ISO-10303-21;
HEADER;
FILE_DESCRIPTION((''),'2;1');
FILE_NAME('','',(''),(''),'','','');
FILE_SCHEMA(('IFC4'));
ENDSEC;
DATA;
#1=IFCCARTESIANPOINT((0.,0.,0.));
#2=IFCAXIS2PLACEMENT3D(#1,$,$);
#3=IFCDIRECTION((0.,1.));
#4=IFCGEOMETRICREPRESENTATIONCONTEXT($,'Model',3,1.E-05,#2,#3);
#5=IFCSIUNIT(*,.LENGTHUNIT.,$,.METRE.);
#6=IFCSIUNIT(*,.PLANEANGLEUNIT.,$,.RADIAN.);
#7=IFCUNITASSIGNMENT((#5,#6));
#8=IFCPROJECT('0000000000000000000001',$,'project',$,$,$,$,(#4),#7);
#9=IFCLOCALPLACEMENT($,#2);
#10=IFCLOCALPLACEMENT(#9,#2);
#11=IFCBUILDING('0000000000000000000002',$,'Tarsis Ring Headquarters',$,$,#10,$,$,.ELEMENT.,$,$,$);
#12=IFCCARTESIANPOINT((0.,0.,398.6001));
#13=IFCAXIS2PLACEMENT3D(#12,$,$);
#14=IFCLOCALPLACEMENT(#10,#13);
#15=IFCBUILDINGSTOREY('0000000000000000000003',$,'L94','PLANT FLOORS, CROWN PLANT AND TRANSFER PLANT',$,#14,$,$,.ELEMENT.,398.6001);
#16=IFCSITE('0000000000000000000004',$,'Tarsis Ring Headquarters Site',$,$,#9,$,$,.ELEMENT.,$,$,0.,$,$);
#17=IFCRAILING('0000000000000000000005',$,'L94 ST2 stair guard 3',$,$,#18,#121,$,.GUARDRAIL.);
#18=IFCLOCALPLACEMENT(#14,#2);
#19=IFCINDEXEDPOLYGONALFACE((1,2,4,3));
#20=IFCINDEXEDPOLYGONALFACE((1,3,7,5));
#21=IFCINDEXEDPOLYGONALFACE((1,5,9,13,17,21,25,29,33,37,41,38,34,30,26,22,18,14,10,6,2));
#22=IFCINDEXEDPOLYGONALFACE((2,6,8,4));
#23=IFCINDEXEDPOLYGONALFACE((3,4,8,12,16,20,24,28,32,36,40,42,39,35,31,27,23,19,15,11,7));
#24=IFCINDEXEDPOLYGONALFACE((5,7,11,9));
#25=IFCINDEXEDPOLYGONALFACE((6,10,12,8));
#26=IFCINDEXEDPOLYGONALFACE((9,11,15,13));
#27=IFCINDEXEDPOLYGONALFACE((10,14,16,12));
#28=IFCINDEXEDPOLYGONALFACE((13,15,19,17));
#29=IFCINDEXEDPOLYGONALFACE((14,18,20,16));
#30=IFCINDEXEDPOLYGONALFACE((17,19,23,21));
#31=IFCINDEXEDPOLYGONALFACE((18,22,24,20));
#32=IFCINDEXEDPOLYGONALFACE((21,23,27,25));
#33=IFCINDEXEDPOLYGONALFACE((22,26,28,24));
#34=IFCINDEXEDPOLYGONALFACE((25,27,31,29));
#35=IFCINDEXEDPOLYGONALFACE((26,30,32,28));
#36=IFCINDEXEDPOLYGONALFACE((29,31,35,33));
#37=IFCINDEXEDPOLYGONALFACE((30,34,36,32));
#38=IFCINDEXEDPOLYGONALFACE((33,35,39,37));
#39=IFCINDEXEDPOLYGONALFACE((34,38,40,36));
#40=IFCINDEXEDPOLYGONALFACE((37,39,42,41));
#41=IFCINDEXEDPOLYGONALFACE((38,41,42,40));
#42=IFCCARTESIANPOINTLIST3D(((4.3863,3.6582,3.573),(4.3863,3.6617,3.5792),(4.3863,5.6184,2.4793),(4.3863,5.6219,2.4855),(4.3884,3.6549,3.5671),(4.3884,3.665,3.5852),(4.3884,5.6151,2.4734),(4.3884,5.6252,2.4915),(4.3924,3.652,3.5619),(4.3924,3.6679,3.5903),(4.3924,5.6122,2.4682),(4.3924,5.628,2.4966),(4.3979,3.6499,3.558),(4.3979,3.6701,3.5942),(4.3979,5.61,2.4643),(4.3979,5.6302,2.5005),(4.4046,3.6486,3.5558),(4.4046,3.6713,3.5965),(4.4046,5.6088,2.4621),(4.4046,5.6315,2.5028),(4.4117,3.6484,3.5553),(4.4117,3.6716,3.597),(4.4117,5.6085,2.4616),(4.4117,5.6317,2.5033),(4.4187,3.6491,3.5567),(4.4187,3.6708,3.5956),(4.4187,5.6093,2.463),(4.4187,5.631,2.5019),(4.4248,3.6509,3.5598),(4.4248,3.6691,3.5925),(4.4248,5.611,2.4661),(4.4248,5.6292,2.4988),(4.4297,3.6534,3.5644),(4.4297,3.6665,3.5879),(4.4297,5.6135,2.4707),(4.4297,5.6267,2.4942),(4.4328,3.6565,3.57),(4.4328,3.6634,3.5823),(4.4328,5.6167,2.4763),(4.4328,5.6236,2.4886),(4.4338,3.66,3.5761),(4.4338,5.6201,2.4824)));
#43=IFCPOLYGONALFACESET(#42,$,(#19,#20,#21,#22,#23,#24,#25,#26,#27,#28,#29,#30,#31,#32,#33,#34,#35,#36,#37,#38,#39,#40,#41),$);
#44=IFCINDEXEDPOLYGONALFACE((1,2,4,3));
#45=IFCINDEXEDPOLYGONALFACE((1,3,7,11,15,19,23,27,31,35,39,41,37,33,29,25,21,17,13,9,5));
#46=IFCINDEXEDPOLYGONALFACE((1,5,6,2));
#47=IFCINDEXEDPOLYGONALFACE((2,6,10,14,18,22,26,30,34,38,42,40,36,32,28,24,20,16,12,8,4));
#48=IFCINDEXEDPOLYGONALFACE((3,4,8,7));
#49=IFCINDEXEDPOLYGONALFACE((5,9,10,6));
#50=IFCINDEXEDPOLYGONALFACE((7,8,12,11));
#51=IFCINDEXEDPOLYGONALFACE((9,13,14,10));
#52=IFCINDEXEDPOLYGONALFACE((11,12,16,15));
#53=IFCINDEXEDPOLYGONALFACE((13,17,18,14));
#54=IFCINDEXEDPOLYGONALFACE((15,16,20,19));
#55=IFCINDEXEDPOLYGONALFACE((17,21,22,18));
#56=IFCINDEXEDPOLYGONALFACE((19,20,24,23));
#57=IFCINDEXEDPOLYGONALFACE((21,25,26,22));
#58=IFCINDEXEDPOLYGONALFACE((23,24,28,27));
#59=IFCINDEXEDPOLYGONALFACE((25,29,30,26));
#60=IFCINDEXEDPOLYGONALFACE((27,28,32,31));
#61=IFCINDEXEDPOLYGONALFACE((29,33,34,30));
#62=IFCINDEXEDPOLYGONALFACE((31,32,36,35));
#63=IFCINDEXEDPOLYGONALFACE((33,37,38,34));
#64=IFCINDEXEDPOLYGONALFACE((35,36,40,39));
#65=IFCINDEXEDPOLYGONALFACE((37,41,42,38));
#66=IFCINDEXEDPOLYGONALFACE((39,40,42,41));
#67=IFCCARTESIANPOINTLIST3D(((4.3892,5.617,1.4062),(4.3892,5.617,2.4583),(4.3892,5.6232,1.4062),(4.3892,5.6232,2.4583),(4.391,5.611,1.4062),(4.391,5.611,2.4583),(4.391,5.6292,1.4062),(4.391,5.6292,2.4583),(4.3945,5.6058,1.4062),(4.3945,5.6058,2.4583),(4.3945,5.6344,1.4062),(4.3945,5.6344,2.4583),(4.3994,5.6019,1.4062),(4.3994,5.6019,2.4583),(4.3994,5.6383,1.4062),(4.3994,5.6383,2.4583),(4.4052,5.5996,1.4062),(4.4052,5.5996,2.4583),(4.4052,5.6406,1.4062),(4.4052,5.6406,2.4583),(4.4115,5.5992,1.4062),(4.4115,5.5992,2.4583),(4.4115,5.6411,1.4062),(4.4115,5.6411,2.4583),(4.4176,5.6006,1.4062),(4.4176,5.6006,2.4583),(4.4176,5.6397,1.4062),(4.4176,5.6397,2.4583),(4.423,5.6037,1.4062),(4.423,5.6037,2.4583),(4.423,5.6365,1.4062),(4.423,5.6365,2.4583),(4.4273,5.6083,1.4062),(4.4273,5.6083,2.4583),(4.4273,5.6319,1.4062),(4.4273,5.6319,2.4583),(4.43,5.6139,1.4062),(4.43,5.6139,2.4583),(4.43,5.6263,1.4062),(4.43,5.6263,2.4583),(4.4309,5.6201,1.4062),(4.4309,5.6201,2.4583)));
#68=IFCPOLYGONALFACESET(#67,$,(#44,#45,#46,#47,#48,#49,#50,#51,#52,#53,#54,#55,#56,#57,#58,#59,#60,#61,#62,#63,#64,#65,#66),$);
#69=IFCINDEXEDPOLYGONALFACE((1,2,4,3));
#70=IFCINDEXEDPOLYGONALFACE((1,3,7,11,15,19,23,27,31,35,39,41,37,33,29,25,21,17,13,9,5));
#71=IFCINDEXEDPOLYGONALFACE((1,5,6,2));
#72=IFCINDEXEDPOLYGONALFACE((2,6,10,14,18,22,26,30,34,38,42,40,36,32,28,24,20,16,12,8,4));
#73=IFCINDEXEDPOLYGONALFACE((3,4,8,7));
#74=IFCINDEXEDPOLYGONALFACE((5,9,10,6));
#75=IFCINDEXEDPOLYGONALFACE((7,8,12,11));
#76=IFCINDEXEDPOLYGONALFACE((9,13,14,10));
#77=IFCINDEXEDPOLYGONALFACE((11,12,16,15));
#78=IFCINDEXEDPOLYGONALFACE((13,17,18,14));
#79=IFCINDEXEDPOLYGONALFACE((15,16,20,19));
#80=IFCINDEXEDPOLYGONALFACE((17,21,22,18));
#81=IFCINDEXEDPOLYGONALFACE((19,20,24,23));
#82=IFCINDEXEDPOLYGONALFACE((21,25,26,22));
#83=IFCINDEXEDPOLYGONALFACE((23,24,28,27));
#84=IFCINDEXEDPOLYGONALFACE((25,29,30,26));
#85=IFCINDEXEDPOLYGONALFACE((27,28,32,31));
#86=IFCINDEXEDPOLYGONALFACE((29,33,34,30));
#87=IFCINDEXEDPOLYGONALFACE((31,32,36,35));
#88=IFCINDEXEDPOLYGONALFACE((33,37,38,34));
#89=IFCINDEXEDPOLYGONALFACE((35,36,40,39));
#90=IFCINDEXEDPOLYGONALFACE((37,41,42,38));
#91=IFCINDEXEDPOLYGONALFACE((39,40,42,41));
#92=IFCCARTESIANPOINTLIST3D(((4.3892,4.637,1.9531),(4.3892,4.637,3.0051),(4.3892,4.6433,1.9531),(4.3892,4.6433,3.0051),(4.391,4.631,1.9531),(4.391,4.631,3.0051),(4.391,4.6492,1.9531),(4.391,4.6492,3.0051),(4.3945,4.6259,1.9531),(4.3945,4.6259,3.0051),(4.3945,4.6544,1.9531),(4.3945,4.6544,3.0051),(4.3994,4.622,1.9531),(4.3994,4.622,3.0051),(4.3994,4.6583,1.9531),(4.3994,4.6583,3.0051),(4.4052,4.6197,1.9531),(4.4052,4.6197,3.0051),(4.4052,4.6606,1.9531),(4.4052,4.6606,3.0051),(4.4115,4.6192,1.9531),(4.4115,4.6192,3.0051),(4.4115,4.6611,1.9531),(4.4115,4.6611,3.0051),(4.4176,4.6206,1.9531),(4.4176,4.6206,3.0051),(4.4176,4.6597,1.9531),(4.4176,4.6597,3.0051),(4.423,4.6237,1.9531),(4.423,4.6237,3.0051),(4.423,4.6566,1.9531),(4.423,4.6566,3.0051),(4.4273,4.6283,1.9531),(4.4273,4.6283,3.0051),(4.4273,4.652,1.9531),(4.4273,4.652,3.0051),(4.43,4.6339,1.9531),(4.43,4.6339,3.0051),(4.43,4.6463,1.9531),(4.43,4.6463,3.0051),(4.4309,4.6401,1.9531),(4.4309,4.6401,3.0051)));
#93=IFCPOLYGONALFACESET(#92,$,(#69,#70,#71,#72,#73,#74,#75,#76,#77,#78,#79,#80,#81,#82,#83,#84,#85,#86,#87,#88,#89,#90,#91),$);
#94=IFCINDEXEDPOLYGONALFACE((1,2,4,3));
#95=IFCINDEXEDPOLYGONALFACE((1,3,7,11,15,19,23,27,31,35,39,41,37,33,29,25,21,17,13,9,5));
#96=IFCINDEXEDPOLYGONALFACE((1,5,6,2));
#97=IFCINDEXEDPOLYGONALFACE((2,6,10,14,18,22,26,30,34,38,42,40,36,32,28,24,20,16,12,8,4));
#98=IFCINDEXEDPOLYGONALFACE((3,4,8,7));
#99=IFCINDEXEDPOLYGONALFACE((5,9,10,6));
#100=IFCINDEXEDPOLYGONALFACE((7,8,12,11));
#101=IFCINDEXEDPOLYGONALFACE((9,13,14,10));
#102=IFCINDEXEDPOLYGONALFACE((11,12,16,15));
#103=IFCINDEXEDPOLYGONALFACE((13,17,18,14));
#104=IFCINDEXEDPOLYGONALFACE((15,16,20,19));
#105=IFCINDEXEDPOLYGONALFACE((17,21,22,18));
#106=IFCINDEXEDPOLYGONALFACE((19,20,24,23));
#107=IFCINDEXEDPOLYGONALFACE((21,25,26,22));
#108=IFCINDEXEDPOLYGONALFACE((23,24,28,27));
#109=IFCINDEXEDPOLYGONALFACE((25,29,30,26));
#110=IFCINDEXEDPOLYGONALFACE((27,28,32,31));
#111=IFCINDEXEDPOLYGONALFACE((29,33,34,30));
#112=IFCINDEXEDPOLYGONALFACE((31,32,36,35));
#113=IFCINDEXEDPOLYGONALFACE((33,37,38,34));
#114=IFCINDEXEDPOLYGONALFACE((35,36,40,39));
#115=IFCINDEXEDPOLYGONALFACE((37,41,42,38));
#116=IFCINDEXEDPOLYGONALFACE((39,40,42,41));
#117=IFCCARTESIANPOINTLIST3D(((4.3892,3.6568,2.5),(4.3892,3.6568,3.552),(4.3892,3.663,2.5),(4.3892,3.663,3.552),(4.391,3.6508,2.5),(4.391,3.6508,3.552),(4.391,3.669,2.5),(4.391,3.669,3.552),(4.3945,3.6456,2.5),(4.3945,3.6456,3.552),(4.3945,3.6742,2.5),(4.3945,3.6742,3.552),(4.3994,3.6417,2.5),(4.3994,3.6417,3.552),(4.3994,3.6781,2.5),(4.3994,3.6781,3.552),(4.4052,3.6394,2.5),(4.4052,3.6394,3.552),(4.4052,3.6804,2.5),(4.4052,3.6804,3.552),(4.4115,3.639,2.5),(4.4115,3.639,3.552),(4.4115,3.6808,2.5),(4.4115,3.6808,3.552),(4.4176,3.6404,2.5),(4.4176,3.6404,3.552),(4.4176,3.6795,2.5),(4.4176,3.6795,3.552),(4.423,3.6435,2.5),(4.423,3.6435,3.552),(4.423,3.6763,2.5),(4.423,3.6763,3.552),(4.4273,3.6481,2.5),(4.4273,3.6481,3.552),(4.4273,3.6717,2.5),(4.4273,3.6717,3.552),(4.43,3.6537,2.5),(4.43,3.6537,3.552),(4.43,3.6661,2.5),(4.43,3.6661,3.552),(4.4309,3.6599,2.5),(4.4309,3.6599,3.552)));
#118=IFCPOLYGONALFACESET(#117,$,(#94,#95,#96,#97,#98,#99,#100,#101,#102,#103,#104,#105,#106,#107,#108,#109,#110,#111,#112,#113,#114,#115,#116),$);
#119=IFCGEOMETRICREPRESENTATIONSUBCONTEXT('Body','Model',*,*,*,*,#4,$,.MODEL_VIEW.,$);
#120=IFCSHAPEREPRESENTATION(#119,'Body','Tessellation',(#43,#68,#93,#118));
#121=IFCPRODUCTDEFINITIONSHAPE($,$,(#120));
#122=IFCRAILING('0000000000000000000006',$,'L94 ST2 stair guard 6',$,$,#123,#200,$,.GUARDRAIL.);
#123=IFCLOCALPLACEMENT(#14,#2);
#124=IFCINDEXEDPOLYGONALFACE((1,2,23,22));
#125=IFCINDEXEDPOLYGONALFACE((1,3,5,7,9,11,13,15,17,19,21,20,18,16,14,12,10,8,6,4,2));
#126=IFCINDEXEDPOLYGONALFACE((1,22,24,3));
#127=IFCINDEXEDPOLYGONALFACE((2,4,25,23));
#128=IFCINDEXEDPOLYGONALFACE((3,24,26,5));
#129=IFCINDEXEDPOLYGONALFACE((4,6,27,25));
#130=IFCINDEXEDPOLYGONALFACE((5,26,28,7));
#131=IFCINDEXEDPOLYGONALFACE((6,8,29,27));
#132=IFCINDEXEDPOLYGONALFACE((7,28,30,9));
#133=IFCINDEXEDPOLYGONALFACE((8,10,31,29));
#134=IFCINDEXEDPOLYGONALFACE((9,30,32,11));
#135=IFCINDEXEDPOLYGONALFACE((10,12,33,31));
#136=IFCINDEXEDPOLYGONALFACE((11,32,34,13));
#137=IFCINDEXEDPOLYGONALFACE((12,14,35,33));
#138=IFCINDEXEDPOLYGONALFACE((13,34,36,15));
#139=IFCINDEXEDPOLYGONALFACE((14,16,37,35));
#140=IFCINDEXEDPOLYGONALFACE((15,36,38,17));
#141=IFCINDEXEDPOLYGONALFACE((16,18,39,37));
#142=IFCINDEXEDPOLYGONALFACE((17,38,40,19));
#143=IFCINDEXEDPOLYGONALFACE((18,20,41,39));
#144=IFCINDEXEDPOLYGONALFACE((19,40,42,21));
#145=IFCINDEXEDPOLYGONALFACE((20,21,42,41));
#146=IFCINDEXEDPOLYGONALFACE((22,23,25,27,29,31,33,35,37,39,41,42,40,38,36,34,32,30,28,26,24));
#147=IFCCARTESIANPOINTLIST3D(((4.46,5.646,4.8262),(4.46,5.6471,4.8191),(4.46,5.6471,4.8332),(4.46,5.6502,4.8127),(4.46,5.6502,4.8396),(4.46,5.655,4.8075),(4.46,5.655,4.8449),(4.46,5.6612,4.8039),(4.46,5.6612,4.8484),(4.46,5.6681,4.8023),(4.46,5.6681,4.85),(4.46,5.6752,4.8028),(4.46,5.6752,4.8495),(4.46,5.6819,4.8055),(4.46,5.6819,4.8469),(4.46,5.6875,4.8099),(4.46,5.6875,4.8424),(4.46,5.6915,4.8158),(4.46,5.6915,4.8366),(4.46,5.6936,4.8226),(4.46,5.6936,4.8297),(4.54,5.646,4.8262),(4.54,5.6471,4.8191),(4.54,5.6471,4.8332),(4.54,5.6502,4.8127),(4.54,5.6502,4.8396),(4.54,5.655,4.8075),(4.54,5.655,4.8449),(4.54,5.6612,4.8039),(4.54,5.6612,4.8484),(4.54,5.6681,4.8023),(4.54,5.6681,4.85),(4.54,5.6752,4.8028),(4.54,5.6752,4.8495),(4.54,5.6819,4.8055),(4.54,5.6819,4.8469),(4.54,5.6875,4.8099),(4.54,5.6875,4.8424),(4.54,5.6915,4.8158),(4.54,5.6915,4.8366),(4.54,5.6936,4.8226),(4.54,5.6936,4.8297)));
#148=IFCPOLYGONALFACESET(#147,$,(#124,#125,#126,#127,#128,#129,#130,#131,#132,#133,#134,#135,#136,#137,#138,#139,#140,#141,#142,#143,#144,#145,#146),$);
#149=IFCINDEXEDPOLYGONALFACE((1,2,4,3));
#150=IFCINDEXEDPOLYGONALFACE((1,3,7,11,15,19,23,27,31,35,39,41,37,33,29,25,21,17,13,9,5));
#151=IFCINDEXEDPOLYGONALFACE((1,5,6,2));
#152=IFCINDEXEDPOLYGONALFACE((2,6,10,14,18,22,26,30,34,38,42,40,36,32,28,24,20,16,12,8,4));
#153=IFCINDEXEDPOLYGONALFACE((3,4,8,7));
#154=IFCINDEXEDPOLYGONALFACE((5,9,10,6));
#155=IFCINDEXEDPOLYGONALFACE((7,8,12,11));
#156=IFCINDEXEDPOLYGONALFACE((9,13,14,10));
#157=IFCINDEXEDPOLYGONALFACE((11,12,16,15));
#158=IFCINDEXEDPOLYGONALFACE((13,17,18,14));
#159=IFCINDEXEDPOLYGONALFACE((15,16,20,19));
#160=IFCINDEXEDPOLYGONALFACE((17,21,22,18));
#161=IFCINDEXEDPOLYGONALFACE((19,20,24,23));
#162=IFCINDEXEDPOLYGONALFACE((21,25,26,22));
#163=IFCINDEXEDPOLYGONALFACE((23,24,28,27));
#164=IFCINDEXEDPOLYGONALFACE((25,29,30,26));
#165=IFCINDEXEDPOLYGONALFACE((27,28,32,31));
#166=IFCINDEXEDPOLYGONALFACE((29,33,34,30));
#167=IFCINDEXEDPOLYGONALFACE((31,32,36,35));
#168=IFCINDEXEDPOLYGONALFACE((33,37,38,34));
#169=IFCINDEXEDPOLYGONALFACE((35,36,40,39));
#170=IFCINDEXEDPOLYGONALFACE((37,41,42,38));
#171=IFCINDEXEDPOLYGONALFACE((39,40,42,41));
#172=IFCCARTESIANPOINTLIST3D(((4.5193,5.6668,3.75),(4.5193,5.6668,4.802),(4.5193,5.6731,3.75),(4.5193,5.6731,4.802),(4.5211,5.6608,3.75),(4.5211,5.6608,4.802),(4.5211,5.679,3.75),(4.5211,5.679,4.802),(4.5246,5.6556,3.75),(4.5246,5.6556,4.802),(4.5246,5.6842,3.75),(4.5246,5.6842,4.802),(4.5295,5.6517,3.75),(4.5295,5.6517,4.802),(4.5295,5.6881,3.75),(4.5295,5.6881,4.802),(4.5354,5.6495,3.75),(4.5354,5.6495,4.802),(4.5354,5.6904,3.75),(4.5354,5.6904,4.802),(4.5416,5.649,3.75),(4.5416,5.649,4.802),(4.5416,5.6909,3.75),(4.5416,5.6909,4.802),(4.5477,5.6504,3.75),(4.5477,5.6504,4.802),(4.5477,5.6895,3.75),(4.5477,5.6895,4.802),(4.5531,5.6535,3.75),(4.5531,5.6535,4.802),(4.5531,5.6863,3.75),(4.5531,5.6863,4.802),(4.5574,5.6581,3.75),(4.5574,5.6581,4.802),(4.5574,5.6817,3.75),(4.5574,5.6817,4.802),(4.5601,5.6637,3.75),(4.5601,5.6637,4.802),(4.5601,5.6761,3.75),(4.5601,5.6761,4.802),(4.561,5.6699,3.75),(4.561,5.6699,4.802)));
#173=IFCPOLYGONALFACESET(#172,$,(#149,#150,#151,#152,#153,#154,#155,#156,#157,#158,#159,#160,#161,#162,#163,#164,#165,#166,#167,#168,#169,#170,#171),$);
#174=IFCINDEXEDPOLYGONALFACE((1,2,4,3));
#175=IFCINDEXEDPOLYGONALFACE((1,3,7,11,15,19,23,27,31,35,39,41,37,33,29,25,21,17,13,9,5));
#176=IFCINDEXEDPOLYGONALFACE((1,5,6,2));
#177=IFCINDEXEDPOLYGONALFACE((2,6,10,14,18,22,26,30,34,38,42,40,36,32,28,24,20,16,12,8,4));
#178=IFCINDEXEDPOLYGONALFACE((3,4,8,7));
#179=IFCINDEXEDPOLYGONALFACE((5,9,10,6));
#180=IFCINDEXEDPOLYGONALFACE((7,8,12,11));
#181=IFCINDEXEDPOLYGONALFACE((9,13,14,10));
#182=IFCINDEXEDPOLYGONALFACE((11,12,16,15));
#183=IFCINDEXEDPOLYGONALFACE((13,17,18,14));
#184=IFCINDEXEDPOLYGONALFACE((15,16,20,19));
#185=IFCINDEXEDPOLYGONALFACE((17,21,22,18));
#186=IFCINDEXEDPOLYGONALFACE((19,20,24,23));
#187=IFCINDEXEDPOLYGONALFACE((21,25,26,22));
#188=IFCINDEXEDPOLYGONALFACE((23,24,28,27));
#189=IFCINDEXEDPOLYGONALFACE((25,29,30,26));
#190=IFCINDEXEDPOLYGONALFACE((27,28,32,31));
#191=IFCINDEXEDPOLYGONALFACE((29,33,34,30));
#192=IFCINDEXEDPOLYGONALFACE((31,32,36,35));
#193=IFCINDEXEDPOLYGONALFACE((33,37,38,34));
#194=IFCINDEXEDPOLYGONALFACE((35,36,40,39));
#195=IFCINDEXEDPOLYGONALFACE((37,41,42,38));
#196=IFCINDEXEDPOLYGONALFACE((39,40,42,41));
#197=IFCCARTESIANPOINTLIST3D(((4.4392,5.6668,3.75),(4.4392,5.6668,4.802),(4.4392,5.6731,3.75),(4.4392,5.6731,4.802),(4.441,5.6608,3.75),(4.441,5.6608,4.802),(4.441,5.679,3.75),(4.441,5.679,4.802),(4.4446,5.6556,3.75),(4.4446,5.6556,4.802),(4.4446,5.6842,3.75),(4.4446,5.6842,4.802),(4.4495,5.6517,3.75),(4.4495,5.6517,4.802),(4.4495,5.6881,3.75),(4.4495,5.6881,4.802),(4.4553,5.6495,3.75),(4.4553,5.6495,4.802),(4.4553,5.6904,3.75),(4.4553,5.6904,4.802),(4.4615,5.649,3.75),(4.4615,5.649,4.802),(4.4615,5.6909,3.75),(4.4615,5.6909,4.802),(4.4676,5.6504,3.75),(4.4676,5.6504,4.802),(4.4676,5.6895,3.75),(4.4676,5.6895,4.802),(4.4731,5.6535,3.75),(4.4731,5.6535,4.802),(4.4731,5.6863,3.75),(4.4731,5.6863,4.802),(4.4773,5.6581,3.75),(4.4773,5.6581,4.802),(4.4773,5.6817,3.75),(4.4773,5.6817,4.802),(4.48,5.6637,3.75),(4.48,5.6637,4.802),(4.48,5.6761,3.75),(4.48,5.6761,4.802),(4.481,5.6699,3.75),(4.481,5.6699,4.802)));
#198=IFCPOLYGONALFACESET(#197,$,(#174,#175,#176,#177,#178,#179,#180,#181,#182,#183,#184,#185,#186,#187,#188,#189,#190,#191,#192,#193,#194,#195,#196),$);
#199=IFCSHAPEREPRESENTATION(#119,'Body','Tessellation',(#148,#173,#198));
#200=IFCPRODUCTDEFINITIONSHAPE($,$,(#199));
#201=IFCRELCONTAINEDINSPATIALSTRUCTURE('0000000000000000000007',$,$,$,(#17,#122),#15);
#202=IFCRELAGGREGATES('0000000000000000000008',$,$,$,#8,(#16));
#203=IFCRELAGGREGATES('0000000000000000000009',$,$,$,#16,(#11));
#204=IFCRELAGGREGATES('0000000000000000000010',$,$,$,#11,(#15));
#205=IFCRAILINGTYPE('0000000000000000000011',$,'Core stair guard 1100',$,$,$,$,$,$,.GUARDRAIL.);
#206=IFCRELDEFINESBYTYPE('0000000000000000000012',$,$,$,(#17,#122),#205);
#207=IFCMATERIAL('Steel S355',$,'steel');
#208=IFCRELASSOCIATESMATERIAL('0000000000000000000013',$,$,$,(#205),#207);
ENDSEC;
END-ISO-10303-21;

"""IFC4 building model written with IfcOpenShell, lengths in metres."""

from ifc_helpers import new_model, si_unit, direction, frame, origin, origin_2d, place, context, subcontext, project, spatial, circle, extrude, material, type_object, element, save


model = new_model("IFC4")

# Units and contexts
model_context = context("Model", 3, precision=1e-05, world=origin(), true_north=direction((0.0, 1.0)))
body_context = subcontext(model_context, "Body", "Model", "MODEL_VIEW")
ifc_project = project(units=[si_unit("LENGTHUNIT", "METRE"), si_unit("PLANEANGLEUNIT", "RADIAN")], contexts=[model_context])

# Site, building, storey
site_placement = place(None, origin())
site = spatial("IfcSite", under=ifc_project, at=site_placement, Name="Tarsis Ring Headquarters Site", CompositionType="ELEMENT", RefElevation=0.0)
building_placement = place(site_placement, origin())
building = spatial("IfcBuilding", under=site, at=building_placement, Name="Tarsis Ring Headquarters", CompositionType="ELEMENT")
storey_placement = place(building_placement, frame((0.0, 0.0, 398.6001)))
storey = spatial("IfcBuildingStorey", under=building, at=storey_placement, Name="L94", Description="PLANT FLOORS, CROWN PLANT AND TRANSFER PLANT", CompositionType="ELEMENT", Elevation=398.6001)

# Railings
ifc_material_1 = material(Name="Steel S355", Category="steel")
railing_type_1 = type_object("IfcRailingType", Name="Core stair guard 1100", PredefinedType="GUARDRAIL", material=ifc_material_1)
railing_1_placement = place(storey_placement, frame((4.4099, 5.6201, 1.4062)))
element("IfcRailing", 1, at=railing_1_placement, inside=storey, type_object=railing_type_1, Name="L94 ST2 stair guard 3", PredefinedType="GUARDRAIL", context=body_context, shape_type="SweptSolid", body=[
    extrude(circle(Radius=0.0239, at=origin_2d()), frame((0.0, 0.0, 1.0762), z_axis=(0.0, -0.873258, 0.487258), x_axis=(1.0, 0.0, 0.0)), (0.0, 0.0, 1.0), 2.2446),
    extrude(circle(Radius=0.021, at=origin_2d()), origin(), (0.0, 0.0, 1.0), 1.052),
    extrude(circle(Radius=0.021, at=origin_2d()), frame((0.0, -0.98, 0.5469)), (0.0, 0.0, 1.0), 1.052),
    extrude(circle(Radius=0.021, at=origin_2d()), frame((0.0, -1.9602, 1.0938)), (0.0, 0.0, 1.0), 1.052),
])
railing_2_placement = place(storey_placement, frame((4.54, 5.6699, 3.75)))
element("IfcRailing", 2, at=railing_2_placement, inside=storey, type_object=railing_type_1, Name="L94 ST2 stair guard 6", PredefinedType="GUARDRAIL", context=body_context, shape_type="SweptSolid", body=[
    extrude(circle(Radius=0.0239, at=origin_2d()), frame((0.0, 0.0, 1.0762), z_axis=(-1.0, 0.0, 0.0), x_axis=(0.0, -1.0, 0.0)), (0.0, 0.0, 1.0), 0.0801),
    extrude(circle(Radius=0.021, at=origin_2d()), origin(), (0.0, 0.0, 1.0), 1.052),
    extrude(circle(Radius=0.021, at=origin_2d()), frame((-0.0801, 0.0, 0.0)), (0.0, 0.0, 1.0), 1.052),
])

save(model, "model.ifc")
